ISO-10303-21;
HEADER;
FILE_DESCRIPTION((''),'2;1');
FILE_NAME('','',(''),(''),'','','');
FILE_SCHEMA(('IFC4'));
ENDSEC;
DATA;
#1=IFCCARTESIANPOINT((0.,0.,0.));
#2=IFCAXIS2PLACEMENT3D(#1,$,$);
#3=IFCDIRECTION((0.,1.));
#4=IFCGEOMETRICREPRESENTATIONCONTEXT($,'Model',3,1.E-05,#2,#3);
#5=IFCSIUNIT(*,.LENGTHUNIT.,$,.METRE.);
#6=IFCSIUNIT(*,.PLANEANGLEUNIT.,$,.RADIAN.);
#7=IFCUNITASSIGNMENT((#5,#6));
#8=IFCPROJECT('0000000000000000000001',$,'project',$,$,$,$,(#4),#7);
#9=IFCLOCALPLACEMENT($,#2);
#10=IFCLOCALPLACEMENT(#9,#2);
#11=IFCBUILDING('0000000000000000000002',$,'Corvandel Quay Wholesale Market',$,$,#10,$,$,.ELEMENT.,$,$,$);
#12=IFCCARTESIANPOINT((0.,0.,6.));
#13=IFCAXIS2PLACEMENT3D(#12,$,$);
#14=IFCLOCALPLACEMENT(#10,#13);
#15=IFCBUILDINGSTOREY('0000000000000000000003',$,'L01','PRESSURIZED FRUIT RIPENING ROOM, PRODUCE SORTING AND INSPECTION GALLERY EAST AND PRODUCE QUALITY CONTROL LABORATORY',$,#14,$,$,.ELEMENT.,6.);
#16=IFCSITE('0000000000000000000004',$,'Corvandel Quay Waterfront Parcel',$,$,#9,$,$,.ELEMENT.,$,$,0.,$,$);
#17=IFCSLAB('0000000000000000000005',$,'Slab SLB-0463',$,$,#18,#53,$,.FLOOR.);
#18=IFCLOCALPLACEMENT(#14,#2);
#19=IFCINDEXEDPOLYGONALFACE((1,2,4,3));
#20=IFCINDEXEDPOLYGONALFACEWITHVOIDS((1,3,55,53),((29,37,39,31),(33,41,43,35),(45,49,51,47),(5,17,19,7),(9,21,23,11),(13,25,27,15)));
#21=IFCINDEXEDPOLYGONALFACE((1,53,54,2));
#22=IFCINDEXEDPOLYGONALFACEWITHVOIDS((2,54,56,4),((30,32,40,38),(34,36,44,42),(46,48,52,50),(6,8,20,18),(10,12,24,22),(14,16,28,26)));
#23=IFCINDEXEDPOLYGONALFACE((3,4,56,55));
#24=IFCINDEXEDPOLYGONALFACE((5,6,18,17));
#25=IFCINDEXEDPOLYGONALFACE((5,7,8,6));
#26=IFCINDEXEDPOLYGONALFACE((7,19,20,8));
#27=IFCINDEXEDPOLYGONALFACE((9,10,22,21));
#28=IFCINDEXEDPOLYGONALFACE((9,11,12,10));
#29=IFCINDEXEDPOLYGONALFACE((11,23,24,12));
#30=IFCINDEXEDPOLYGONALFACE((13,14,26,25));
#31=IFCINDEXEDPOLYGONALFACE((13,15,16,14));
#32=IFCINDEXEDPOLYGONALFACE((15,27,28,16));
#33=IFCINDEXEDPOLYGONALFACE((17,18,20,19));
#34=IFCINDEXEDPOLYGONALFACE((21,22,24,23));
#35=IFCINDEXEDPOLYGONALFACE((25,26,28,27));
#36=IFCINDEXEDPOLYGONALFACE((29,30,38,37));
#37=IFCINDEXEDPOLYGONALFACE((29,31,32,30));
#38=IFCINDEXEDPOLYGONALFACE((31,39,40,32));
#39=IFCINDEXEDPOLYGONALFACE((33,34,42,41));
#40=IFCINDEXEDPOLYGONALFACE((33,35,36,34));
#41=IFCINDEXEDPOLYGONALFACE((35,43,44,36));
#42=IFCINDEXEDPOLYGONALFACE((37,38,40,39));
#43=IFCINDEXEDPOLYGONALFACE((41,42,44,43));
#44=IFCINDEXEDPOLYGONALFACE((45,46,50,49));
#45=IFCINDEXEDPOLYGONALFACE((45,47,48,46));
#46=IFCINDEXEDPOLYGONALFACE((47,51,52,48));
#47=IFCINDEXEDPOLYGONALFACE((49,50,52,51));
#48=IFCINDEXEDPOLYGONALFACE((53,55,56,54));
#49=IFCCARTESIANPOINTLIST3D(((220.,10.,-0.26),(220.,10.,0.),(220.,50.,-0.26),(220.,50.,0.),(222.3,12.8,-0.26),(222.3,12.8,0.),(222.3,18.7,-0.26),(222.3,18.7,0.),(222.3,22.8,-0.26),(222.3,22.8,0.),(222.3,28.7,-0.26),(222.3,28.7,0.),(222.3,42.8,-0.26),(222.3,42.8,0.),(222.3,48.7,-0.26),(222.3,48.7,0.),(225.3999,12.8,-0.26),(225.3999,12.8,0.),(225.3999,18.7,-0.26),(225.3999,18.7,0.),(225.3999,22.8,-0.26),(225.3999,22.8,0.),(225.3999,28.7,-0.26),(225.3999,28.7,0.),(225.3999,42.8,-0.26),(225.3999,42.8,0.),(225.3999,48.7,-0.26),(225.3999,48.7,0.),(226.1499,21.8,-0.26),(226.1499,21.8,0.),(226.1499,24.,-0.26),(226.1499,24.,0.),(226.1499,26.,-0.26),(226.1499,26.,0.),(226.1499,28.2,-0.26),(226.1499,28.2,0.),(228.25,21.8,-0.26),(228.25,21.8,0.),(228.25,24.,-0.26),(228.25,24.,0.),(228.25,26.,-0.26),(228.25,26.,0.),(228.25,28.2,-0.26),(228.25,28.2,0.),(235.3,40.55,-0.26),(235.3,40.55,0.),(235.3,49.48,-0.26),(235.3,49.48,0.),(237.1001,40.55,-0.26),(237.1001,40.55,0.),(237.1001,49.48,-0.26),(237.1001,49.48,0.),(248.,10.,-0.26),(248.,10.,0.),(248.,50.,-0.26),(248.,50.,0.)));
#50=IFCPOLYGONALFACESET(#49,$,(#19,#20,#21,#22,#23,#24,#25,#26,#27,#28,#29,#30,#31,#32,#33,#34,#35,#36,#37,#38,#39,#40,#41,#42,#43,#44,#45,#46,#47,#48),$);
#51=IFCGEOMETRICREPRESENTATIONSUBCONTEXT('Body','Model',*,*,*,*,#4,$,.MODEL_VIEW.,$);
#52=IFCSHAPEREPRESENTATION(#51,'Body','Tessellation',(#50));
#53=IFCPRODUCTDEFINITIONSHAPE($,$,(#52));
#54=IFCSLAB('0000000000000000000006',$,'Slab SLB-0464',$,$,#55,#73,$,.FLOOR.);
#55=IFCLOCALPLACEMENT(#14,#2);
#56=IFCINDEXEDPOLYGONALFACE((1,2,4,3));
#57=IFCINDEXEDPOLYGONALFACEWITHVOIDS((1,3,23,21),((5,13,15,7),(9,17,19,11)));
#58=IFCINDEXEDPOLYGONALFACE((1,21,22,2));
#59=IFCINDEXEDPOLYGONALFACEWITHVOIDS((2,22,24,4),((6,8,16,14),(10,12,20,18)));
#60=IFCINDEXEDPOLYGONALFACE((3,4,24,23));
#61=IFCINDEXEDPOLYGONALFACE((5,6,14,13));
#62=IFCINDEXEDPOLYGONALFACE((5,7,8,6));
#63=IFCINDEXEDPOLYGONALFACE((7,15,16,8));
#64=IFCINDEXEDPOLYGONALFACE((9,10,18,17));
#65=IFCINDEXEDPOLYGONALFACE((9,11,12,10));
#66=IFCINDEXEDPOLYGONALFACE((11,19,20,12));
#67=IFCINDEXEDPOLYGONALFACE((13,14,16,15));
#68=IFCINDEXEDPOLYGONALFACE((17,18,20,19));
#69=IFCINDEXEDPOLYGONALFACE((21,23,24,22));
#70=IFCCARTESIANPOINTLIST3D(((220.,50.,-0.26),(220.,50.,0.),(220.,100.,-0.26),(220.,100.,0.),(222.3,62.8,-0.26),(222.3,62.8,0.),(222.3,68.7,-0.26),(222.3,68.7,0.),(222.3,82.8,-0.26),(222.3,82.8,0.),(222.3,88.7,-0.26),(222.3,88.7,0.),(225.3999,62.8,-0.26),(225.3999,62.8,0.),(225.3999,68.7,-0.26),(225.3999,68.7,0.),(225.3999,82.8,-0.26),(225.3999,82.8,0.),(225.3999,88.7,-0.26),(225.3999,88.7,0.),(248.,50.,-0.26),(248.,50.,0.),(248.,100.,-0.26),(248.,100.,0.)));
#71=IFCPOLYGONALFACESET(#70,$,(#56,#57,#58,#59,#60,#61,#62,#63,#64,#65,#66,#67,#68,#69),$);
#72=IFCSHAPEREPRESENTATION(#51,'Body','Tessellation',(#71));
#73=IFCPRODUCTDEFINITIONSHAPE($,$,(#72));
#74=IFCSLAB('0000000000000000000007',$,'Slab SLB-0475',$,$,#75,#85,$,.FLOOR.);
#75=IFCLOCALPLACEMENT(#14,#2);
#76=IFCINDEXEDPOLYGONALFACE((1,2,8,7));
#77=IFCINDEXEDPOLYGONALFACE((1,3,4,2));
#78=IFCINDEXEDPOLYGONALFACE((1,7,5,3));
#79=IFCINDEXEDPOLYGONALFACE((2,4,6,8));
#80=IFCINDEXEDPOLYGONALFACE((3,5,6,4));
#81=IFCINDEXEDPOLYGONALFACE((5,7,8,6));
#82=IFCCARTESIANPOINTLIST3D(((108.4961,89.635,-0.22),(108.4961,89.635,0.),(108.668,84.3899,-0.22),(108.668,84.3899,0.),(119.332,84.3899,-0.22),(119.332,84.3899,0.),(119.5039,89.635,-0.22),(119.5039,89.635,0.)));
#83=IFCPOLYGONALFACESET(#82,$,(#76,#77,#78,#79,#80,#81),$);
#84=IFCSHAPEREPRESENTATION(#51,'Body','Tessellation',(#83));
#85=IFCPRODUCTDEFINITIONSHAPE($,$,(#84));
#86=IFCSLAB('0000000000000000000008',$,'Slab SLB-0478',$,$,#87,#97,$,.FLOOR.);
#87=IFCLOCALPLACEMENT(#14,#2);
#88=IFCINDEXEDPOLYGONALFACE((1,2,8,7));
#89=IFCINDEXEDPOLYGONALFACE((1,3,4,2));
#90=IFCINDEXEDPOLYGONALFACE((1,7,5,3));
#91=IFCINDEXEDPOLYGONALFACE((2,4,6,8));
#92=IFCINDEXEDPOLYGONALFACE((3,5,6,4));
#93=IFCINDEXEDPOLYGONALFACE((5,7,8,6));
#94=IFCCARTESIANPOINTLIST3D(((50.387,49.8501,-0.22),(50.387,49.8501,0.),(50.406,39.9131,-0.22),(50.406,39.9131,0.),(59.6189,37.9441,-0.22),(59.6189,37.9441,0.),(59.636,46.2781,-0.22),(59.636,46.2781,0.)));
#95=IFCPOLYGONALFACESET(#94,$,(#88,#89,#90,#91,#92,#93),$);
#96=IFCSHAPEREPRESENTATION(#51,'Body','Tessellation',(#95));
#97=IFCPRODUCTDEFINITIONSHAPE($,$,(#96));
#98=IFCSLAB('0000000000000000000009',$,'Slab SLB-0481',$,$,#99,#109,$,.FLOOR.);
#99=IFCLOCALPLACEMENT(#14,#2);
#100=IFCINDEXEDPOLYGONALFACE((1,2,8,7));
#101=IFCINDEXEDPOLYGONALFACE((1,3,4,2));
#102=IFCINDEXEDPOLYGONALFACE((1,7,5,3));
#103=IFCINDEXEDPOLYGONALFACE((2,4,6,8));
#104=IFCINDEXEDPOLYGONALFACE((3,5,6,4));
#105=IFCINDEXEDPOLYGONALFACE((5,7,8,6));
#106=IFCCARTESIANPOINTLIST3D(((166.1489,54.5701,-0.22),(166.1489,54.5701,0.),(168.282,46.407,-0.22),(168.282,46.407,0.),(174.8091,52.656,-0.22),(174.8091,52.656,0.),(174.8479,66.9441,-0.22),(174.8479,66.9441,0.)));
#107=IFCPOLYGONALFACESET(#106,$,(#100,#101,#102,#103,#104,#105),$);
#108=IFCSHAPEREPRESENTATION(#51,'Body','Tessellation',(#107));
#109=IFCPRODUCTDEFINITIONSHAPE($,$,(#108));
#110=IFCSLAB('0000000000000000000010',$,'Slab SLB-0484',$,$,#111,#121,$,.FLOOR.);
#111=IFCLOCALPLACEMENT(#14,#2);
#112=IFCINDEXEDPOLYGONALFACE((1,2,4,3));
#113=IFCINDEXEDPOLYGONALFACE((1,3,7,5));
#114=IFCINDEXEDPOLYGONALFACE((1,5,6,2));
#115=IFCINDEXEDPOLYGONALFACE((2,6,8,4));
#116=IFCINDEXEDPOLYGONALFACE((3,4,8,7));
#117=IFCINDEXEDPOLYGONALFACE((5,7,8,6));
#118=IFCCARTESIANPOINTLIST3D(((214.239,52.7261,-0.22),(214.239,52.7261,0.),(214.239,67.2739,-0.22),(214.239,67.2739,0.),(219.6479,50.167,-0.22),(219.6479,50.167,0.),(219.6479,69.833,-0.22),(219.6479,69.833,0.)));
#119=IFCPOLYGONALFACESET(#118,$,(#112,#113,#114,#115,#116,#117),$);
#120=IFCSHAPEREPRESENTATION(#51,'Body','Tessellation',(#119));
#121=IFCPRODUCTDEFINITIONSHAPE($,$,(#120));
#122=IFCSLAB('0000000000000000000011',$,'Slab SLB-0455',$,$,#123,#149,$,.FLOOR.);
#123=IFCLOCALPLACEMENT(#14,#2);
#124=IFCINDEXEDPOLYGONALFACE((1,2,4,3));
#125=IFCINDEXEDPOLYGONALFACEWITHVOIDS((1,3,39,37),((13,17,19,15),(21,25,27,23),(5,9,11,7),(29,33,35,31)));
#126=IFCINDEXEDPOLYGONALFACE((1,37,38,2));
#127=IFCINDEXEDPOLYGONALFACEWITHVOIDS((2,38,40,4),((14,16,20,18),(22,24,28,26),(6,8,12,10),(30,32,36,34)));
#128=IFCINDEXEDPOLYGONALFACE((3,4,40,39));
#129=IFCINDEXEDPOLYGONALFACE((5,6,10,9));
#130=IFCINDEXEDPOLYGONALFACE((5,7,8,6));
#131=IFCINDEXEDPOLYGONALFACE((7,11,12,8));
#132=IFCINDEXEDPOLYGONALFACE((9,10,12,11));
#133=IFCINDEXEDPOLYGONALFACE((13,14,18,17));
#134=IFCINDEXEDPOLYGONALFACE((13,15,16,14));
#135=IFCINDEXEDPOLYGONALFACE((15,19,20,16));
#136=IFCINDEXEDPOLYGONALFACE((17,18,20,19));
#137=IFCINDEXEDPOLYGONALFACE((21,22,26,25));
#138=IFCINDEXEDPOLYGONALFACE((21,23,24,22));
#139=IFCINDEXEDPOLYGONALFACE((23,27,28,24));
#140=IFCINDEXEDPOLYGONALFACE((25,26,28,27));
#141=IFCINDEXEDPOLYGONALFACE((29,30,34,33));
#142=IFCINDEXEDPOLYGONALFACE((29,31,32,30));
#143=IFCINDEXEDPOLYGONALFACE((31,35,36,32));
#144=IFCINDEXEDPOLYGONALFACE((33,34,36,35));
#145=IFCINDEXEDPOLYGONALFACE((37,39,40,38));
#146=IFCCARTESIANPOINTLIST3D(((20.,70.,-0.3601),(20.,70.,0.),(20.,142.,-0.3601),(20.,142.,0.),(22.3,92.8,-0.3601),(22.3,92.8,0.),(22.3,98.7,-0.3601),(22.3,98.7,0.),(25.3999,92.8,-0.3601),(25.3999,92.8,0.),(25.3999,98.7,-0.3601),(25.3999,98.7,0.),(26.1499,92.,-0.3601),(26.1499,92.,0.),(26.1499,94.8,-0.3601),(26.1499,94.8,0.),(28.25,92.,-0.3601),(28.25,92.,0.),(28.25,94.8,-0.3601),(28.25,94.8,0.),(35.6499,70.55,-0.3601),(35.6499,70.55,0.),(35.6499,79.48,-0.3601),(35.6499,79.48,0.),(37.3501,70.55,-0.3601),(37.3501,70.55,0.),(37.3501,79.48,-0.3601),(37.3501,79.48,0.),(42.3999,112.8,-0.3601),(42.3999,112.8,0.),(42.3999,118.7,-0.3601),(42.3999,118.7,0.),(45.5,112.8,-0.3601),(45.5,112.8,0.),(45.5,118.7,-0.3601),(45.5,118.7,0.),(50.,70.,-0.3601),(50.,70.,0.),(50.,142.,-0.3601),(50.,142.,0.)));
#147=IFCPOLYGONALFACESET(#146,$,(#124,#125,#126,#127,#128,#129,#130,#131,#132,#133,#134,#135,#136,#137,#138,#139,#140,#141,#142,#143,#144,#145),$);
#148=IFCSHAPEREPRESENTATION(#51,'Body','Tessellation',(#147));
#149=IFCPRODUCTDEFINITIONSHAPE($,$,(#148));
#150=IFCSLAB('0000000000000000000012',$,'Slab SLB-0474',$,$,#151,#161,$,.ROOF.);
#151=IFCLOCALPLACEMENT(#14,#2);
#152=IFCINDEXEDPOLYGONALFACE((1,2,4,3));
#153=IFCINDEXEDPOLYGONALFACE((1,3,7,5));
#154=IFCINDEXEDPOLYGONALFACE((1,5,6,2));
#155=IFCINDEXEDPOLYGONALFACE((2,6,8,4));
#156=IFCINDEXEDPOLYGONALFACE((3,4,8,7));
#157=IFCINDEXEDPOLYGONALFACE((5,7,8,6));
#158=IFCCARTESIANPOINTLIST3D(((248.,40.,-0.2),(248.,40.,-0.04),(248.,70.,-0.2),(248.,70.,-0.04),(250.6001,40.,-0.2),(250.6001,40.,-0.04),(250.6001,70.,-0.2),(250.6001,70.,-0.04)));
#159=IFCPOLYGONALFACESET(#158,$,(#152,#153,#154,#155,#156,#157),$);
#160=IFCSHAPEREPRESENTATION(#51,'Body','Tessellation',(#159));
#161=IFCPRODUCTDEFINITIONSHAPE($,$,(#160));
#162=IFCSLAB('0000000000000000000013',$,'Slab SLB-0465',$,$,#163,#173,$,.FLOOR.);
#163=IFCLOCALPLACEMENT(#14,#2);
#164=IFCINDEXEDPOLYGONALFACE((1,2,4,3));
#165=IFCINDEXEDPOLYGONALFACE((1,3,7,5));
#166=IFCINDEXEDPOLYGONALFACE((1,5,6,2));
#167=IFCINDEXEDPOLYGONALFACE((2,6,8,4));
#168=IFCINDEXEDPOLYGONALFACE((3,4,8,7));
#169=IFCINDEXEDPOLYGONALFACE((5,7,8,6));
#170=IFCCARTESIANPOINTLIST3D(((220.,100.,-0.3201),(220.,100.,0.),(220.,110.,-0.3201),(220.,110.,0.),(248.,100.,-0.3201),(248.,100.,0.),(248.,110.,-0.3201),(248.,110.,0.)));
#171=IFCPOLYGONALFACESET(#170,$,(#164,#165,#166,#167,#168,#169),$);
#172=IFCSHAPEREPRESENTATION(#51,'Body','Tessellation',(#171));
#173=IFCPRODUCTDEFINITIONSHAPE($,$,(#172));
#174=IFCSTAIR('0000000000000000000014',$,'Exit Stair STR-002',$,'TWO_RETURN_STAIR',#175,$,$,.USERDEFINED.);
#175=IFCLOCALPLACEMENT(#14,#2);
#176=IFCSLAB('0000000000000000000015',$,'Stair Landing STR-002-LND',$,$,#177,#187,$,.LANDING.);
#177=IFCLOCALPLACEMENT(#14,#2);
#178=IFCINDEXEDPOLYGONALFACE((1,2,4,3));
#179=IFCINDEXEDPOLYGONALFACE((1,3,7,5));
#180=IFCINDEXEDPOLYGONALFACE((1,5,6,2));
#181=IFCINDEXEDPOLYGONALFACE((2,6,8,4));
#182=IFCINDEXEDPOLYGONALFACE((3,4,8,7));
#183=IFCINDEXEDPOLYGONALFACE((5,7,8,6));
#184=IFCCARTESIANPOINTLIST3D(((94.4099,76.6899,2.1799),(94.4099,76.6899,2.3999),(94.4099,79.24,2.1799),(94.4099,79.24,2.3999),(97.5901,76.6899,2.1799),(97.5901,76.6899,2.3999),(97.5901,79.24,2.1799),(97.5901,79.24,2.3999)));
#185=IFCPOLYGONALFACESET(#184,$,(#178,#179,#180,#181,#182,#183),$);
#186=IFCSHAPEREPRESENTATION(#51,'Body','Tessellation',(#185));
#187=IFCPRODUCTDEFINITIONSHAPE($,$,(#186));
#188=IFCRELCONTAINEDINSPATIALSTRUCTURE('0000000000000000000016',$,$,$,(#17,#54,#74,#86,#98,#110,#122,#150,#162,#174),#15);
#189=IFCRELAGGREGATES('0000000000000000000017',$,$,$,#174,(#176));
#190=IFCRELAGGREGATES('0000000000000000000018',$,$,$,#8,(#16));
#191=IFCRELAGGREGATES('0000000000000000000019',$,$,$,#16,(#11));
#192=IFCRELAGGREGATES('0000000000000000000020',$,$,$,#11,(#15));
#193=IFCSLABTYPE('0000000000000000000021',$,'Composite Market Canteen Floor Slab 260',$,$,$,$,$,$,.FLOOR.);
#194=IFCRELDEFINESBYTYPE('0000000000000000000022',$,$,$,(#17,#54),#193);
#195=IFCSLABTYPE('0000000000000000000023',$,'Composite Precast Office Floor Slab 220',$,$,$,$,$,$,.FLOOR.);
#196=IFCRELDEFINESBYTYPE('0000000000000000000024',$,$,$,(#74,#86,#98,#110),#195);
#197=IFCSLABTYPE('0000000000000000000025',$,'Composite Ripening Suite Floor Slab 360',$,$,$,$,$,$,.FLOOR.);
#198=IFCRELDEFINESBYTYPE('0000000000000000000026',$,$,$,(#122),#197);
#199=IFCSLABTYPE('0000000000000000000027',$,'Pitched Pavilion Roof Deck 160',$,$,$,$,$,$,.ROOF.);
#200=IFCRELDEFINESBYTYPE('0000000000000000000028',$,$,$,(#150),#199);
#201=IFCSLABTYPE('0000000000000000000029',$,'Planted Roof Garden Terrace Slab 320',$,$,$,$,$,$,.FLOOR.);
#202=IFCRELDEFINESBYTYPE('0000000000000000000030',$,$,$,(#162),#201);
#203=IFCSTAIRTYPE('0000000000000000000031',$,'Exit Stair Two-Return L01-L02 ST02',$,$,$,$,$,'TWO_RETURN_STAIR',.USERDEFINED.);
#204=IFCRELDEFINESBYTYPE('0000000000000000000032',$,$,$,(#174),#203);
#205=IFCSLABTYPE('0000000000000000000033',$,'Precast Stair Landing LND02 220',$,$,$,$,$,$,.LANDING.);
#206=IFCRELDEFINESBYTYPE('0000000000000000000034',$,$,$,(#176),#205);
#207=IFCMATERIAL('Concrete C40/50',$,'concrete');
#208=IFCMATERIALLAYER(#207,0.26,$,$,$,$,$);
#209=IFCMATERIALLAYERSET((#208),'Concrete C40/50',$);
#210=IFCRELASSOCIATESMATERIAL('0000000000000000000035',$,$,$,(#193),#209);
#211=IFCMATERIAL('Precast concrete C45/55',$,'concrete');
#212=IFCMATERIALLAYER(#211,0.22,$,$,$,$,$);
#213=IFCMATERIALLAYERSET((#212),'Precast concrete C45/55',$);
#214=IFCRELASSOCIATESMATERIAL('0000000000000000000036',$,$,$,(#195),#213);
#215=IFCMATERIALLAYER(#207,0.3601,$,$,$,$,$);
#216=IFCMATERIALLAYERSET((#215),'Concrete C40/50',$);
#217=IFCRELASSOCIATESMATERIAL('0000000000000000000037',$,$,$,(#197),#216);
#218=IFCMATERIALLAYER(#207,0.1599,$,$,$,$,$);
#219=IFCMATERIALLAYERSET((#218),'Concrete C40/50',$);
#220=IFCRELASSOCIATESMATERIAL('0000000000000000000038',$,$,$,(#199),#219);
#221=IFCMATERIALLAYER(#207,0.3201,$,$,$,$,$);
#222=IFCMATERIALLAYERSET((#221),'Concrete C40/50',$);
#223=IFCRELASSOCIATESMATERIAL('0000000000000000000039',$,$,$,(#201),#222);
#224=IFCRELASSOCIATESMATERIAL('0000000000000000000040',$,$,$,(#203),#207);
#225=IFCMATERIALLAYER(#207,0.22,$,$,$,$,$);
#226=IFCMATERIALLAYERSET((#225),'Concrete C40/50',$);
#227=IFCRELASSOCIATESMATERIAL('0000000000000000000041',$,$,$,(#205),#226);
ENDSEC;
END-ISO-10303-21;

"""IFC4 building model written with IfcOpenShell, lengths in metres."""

from ifc_helpers import new_model, si_unit, direction, frame, origin, place, context, subcontext, project, spatial, polyline, outline, extrude, material, layer, layer_set, type_object, element, aggregate, save


model = new_model("IFC4")

# Units and contexts
model_context = context("Model", 3, precision=1e-05, world=origin(), true_north=direction((0.0, 1.0)))
body_context = subcontext(model_context, "Body", "Model", "MODEL_VIEW")
ifc_project = project(units=[si_unit("LENGTHUNIT", "METRE"), si_unit("PLANEANGLEUNIT", "RADIAN")], contexts=[model_context])

# Site, building, storey
site_placement = place(None, origin())
site = spatial("IfcSite", under=ifc_project, at=site_placement, Name="Corvandel Quay Waterfront Parcel", CompositionType="ELEMENT", RefElevation=0.0)
building_placement = place(site_placement, origin())
building = spatial("IfcBuilding", under=site, at=building_placement, Name="Corvandel Quay Wholesale Market", CompositionType="ELEMENT")
storey_placement = place(building_placement, frame((0.0, 0.0, 6.0)))
storey = spatial("IfcBuildingStorey", under=building, at=storey_placement, Name="L01", Description="PRESSURIZED FRUIT RIPENING ROOM, PRODUCE SORTING AND INSPECTION GALLERY EAST AND PRODUCE QUALITY CONTROL LABORATORY", CompositionType="ELEMENT", Elevation=6.0)

# Slabs
ifc_material_1 = material(Name="Concrete C40/50", Category="concrete")
ifc_layer_1 = layer(ifc_material_1, 0.26)
ifc_layer_set_1 = layer_set([ifc_layer_1], Name="Concrete C40/50")
slab_type_1 = type_object("IfcSlabType", Name="Composite Market Canteen Floor Slab 260", PredefinedType="FLOOR", material=ifc_layer_set_1)
slab_1_placement = place(storey_placement, frame((0.0, 0.0, -0.26)))
element("IfcSlab", 1, at=slab_1_placement, inside=storey, type_object=slab_type_1, Name="Slab SLB-0463", PredefinedType="FLOOR", context=body_context, shape_type="SweptSolid", body=[
    extrude(outline(polyline([(220.0, 50.0), (248.0, 50.0), (248.0, 10.0), (220.0, 10.0), (220.0, 50.0)]), holes=[polyline([(225.3999, 12.8), (225.3999, 18.7), (222.3, 18.7), (222.3, 12.8), (225.3999, 12.8)]), polyline([(228.25, 21.8), (228.25, 24.0), (226.1499, 24.0), (226.1499, 21.8), (228.25, 21.8)]), polyline([(225.3999, 22.8), (225.3999, 28.7), (222.3, 28.7), (222.3, 22.8), (225.3999, 22.8)]), polyline([(228.25, 26.0), (228.25, 28.2), (226.1499, 28.2), (226.1499, 26.0), (228.25, 26.0)]), polyline([(235.3, 40.55), (237.1001, 40.55), (237.1001, 49.48), (235.3, 49.48), (235.3, 40.55)]), polyline([(225.3999, 42.8), (225.3999, 48.7), (222.3, 48.7), (222.3, 42.8), (225.3999, 42.8)])]), origin(), (0.0, 0.0, 1.0), 0.26),
])
slab_2_placement = place(storey_placement, frame((0.0, 0.0, -0.26)))
element("IfcSlab", 2, at=slab_2_placement, inside=storey, type_object=slab_type_1, Name="Slab SLB-0464", PredefinedType="FLOOR", context=body_context, shape_type="SweptSolid", body=[
    extrude(outline(polyline([(220.0, 100.0), (248.0, 100.0), (248.0, 50.0), (220.0, 50.0), (220.0, 100.0)]), holes=[polyline([(225.3999, 62.8), (225.3999, 68.7), (222.3, 68.7), (222.3, 62.8), (225.3999, 62.8)]), polyline([(225.3999, 82.8), (225.3999, 88.7), (222.3, 88.7), (222.3, 82.8), (225.3999, 82.8)])]), origin(), (0.0, 0.0, 1.0), 0.26),
])
ifc_material_2 = material(Name="Precast concrete C45/55", Category="concrete")
ifc_layer_2 = layer(ifc_material_2, 0.22)
ifc_layer_set_2 = layer_set([ifc_layer_2], Name="Precast concrete C45/55")
slab_type_2 = type_object("IfcSlabType", Name="Composite Precast Office Floor Slab 220", PredefinedType="FLOOR", material=ifc_layer_set_2)
slab_3_placement = place(storey_placement, frame((0.0, 0.0, -0.22)))
element("IfcSlab", 3, at=slab_3_placement, inside=storey, type_object=slab_type_2, Name="Slab SLB-0475", PredefinedType="FLOOR", context=body_context, shape_type="SweptSolid", body=[
    extrude(outline(polyline([(108.668, 84.3899), (108.4961, 89.635), (119.5039, 89.635), (119.332, 84.3899), (108.668, 84.3899)])), origin(), (0.0, 0.0, 1.0), 0.22),
])
slab_4_placement = place(storey_placement, frame((0.0, 0.0, -0.22)))
element("IfcSlab", 4, at=slab_4_placement, inside=storey, type_object=slab_type_2, Name="Slab SLB-0478", PredefinedType="FLOOR", context=body_context, shape_type="SweptSolid", body=[
    extrude(outline(polyline([(50.406, 39.9131), (59.6189, 37.9441), (59.636, 46.2781), (50.387, 49.8501), (50.406, 39.9131)])), origin(), (0.0, 0.0, 1.0), 0.22),
])
slab_5_placement = place(storey_placement, frame((0.0, 0.0, -0.22)))
element("IfcSlab", 5, at=slab_5_placement, inside=storey, type_object=slab_type_2, Name="Slab SLB-0481", PredefinedType="FLOOR", context=body_context, shape_type="SweptSolid", body=[
    extrude(outline(polyline([(168.282, 46.407), (174.8091, 52.656), (174.8479, 66.9441), (166.1489, 54.5701), (168.282, 46.407)])), origin(), (0.0, 0.0, 1.0), 0.22),
])
slab_6_placement = place(storey_placement, frame((0.0, 0.0, -0.22)))
element("IfcSlab", 6, at=slab_6_placement, inside=storey, type_object=slab_type_2, Name="Slab SLB-0484", PredefinedType="FLOOR", context=body_context, shape_type="SweptSolid", body=[
    extrude(outline(polyline([(214.239, 52.7261), (219.6479, 50.167), (219.6479, 69.833), (214.239, 67.2739), (214.239, 52.7261)])), origin(), (0.0, 0.0, 1.0), 0.22),
])
ifc_layer_3 = layer(ifc_material_1, 0.3601)
ifc_layer_set_3 = layer_set([ifc_layer_3], Name="Concrete C40/50")
slab_type_3 = type_object("IfcSlabType", Name="Composite Ripening Suite Floor Slab 360", PredefinedType="FLOOR", material=ifc_layer_set_3)
slab_7_placement = place(storey_placement, frame((0.0, 0.0, -0.3601)))
element("IfcSlab", 7, at=slab_7_placement, inside=storey, type_object=slab_type_3, Name="Slab SLB-0455", PredefinedType="FLOOR", context=body_context, shape_type="SweptSolid", body=[
    extrude(outline(polyline([(20.0, 142.0), (50.0, 142.0), (50.0, 70.0), (20.0, 70.0), (20.0, 142.0)]), holes=[polyline([(37.3501, 70.55), (37.3501, 79.48), (35.6499, 79.48), (35.6499, 70.55), (37.3501, 70.55)]), polyline([(28.25, 92.0), (28.25, 94.8), (26.1499, 94.8), (26.1499, 92.0), (28.25, 92.0)]), polyline([(25.3999, 92.8), (25.3999, 98.7), (22.3, 98.7), (22.3, 92.8), (25.3999, 92.8)]), polyline([(42.3999, 112.8), (45.5, 112.8), (45.5, 118.7), (42.3999, 118.7), (42.3999, 112.8)])]), origin(), (0.0, 0.0, 1.0), 0.3601),
])
ifc_layer_4 = layer(ifc_material_1, 0.1599)
ifc_layer_set_4 = layer_set([ifc_layer_4], Name="Concrete C40/50")
slab_type_4 = type_object("IfcSlabType", Name="Pitched Pavilion Roof Deck 160", PredefinedType="ROOF", material=ifc_layer_set_4)
slab_8_placement = place(storey_placement, frame((0.0, 0.0, -0.2)))
element("IfcSlab", 8, at=slab_8_placement, inside=storey, type_object=slab_type_4, Name="Slab SLB-0474", PredefinedType="ROOF", context=body_context, shape_type="SweptSolid", body=[
    extrude(outline(polyline([(248.0, 40.0), (250.6001, 40.0), (250.6001, 70.0), (248.0, 70.0), (248.0, 40.0)])), origin(), (0.0, 0.0, 1.0), 0.1599),
])
ifc_layer_5 = layer(ifc_material_1, 0.3201)
ifc_layer_set_5 = layer_set([ifc_layer_5], Name="Concrete C40/50")
slab_type_5 = type_object("IfcSlabType", Name="Planted Roof Garden Terrace Slab 320", PredefinedType="FLOOR", material=ifc_layer_set_5)
slab_9_placement = place(storey_placement, frame((0.0, 0.0, -0.3201)))
element("IfcSlab", 9, at=slab_9_placement, inside=storey, type_object=slab_type_5, Name="Slab SLB-0465", PredefinedType="FLOOR", context=body_context, shape_type="SweptSolid", body=[
    extrude(outline(polyline([(220.0, 100.0), (248.0, 100.0), (248.0, 110.0), (220.0, 110.0), (220.0, 100.0)])), origin(), (0.0, 0.0, 1.0), 0.3201),
])

# Stair, slab
stair_type = type_object("IfcStairType", Name="Exit Stair Two-Return L01-L02 ST02", ElementType="TWO_RETURN_STAIR", PredefinedType="USERDEFINED", material=ifc_material_1)
stair_1_placement = place(storey_placement, origin())
stair_1 = element("IfcStair", 10, at=stair_1_placement, inside=storey, type_object=stair_type, Name="Exit Stair STR-002", ObjectType="TWO_RETURN_STAIR", PredefinedType="USERDEFINED")
ifc_layer_6 = layer(ifc_material_1, 0.22)
ifc_layer_set_6 = layer_set([ifc_layer_6], Name="Concrete C40/50")
slab_type_6 = type_object("IfcSlabType", Name="Precast Stair Landing LND02 220", PredefinedType="LANDING", material=ifc_layer_set_6)
slab_10_placement = place(storey_placement, frame((0.0, 0.0, 2.1799)))
slab_10 = element("IfcSlab", 11, at=slab_10_placement, type_object=slab_type_6, Name="Stair Landing STR-002-LND", PredefinedType="LANDING", context=body_context, shape_type="SweptSolid", body=[
    extrude(outline(polyline([(94.4099, 76.6899), (97.5901, 76.6899), (97.5901, 79.24), (94.4099, 79.24), (94.4099, 76.6899)])), origin(), (0.0, 0.0, 1.0), 0.22),
])
aggregate(stair_1, [slab_10])

save(model, "model.ifc")
